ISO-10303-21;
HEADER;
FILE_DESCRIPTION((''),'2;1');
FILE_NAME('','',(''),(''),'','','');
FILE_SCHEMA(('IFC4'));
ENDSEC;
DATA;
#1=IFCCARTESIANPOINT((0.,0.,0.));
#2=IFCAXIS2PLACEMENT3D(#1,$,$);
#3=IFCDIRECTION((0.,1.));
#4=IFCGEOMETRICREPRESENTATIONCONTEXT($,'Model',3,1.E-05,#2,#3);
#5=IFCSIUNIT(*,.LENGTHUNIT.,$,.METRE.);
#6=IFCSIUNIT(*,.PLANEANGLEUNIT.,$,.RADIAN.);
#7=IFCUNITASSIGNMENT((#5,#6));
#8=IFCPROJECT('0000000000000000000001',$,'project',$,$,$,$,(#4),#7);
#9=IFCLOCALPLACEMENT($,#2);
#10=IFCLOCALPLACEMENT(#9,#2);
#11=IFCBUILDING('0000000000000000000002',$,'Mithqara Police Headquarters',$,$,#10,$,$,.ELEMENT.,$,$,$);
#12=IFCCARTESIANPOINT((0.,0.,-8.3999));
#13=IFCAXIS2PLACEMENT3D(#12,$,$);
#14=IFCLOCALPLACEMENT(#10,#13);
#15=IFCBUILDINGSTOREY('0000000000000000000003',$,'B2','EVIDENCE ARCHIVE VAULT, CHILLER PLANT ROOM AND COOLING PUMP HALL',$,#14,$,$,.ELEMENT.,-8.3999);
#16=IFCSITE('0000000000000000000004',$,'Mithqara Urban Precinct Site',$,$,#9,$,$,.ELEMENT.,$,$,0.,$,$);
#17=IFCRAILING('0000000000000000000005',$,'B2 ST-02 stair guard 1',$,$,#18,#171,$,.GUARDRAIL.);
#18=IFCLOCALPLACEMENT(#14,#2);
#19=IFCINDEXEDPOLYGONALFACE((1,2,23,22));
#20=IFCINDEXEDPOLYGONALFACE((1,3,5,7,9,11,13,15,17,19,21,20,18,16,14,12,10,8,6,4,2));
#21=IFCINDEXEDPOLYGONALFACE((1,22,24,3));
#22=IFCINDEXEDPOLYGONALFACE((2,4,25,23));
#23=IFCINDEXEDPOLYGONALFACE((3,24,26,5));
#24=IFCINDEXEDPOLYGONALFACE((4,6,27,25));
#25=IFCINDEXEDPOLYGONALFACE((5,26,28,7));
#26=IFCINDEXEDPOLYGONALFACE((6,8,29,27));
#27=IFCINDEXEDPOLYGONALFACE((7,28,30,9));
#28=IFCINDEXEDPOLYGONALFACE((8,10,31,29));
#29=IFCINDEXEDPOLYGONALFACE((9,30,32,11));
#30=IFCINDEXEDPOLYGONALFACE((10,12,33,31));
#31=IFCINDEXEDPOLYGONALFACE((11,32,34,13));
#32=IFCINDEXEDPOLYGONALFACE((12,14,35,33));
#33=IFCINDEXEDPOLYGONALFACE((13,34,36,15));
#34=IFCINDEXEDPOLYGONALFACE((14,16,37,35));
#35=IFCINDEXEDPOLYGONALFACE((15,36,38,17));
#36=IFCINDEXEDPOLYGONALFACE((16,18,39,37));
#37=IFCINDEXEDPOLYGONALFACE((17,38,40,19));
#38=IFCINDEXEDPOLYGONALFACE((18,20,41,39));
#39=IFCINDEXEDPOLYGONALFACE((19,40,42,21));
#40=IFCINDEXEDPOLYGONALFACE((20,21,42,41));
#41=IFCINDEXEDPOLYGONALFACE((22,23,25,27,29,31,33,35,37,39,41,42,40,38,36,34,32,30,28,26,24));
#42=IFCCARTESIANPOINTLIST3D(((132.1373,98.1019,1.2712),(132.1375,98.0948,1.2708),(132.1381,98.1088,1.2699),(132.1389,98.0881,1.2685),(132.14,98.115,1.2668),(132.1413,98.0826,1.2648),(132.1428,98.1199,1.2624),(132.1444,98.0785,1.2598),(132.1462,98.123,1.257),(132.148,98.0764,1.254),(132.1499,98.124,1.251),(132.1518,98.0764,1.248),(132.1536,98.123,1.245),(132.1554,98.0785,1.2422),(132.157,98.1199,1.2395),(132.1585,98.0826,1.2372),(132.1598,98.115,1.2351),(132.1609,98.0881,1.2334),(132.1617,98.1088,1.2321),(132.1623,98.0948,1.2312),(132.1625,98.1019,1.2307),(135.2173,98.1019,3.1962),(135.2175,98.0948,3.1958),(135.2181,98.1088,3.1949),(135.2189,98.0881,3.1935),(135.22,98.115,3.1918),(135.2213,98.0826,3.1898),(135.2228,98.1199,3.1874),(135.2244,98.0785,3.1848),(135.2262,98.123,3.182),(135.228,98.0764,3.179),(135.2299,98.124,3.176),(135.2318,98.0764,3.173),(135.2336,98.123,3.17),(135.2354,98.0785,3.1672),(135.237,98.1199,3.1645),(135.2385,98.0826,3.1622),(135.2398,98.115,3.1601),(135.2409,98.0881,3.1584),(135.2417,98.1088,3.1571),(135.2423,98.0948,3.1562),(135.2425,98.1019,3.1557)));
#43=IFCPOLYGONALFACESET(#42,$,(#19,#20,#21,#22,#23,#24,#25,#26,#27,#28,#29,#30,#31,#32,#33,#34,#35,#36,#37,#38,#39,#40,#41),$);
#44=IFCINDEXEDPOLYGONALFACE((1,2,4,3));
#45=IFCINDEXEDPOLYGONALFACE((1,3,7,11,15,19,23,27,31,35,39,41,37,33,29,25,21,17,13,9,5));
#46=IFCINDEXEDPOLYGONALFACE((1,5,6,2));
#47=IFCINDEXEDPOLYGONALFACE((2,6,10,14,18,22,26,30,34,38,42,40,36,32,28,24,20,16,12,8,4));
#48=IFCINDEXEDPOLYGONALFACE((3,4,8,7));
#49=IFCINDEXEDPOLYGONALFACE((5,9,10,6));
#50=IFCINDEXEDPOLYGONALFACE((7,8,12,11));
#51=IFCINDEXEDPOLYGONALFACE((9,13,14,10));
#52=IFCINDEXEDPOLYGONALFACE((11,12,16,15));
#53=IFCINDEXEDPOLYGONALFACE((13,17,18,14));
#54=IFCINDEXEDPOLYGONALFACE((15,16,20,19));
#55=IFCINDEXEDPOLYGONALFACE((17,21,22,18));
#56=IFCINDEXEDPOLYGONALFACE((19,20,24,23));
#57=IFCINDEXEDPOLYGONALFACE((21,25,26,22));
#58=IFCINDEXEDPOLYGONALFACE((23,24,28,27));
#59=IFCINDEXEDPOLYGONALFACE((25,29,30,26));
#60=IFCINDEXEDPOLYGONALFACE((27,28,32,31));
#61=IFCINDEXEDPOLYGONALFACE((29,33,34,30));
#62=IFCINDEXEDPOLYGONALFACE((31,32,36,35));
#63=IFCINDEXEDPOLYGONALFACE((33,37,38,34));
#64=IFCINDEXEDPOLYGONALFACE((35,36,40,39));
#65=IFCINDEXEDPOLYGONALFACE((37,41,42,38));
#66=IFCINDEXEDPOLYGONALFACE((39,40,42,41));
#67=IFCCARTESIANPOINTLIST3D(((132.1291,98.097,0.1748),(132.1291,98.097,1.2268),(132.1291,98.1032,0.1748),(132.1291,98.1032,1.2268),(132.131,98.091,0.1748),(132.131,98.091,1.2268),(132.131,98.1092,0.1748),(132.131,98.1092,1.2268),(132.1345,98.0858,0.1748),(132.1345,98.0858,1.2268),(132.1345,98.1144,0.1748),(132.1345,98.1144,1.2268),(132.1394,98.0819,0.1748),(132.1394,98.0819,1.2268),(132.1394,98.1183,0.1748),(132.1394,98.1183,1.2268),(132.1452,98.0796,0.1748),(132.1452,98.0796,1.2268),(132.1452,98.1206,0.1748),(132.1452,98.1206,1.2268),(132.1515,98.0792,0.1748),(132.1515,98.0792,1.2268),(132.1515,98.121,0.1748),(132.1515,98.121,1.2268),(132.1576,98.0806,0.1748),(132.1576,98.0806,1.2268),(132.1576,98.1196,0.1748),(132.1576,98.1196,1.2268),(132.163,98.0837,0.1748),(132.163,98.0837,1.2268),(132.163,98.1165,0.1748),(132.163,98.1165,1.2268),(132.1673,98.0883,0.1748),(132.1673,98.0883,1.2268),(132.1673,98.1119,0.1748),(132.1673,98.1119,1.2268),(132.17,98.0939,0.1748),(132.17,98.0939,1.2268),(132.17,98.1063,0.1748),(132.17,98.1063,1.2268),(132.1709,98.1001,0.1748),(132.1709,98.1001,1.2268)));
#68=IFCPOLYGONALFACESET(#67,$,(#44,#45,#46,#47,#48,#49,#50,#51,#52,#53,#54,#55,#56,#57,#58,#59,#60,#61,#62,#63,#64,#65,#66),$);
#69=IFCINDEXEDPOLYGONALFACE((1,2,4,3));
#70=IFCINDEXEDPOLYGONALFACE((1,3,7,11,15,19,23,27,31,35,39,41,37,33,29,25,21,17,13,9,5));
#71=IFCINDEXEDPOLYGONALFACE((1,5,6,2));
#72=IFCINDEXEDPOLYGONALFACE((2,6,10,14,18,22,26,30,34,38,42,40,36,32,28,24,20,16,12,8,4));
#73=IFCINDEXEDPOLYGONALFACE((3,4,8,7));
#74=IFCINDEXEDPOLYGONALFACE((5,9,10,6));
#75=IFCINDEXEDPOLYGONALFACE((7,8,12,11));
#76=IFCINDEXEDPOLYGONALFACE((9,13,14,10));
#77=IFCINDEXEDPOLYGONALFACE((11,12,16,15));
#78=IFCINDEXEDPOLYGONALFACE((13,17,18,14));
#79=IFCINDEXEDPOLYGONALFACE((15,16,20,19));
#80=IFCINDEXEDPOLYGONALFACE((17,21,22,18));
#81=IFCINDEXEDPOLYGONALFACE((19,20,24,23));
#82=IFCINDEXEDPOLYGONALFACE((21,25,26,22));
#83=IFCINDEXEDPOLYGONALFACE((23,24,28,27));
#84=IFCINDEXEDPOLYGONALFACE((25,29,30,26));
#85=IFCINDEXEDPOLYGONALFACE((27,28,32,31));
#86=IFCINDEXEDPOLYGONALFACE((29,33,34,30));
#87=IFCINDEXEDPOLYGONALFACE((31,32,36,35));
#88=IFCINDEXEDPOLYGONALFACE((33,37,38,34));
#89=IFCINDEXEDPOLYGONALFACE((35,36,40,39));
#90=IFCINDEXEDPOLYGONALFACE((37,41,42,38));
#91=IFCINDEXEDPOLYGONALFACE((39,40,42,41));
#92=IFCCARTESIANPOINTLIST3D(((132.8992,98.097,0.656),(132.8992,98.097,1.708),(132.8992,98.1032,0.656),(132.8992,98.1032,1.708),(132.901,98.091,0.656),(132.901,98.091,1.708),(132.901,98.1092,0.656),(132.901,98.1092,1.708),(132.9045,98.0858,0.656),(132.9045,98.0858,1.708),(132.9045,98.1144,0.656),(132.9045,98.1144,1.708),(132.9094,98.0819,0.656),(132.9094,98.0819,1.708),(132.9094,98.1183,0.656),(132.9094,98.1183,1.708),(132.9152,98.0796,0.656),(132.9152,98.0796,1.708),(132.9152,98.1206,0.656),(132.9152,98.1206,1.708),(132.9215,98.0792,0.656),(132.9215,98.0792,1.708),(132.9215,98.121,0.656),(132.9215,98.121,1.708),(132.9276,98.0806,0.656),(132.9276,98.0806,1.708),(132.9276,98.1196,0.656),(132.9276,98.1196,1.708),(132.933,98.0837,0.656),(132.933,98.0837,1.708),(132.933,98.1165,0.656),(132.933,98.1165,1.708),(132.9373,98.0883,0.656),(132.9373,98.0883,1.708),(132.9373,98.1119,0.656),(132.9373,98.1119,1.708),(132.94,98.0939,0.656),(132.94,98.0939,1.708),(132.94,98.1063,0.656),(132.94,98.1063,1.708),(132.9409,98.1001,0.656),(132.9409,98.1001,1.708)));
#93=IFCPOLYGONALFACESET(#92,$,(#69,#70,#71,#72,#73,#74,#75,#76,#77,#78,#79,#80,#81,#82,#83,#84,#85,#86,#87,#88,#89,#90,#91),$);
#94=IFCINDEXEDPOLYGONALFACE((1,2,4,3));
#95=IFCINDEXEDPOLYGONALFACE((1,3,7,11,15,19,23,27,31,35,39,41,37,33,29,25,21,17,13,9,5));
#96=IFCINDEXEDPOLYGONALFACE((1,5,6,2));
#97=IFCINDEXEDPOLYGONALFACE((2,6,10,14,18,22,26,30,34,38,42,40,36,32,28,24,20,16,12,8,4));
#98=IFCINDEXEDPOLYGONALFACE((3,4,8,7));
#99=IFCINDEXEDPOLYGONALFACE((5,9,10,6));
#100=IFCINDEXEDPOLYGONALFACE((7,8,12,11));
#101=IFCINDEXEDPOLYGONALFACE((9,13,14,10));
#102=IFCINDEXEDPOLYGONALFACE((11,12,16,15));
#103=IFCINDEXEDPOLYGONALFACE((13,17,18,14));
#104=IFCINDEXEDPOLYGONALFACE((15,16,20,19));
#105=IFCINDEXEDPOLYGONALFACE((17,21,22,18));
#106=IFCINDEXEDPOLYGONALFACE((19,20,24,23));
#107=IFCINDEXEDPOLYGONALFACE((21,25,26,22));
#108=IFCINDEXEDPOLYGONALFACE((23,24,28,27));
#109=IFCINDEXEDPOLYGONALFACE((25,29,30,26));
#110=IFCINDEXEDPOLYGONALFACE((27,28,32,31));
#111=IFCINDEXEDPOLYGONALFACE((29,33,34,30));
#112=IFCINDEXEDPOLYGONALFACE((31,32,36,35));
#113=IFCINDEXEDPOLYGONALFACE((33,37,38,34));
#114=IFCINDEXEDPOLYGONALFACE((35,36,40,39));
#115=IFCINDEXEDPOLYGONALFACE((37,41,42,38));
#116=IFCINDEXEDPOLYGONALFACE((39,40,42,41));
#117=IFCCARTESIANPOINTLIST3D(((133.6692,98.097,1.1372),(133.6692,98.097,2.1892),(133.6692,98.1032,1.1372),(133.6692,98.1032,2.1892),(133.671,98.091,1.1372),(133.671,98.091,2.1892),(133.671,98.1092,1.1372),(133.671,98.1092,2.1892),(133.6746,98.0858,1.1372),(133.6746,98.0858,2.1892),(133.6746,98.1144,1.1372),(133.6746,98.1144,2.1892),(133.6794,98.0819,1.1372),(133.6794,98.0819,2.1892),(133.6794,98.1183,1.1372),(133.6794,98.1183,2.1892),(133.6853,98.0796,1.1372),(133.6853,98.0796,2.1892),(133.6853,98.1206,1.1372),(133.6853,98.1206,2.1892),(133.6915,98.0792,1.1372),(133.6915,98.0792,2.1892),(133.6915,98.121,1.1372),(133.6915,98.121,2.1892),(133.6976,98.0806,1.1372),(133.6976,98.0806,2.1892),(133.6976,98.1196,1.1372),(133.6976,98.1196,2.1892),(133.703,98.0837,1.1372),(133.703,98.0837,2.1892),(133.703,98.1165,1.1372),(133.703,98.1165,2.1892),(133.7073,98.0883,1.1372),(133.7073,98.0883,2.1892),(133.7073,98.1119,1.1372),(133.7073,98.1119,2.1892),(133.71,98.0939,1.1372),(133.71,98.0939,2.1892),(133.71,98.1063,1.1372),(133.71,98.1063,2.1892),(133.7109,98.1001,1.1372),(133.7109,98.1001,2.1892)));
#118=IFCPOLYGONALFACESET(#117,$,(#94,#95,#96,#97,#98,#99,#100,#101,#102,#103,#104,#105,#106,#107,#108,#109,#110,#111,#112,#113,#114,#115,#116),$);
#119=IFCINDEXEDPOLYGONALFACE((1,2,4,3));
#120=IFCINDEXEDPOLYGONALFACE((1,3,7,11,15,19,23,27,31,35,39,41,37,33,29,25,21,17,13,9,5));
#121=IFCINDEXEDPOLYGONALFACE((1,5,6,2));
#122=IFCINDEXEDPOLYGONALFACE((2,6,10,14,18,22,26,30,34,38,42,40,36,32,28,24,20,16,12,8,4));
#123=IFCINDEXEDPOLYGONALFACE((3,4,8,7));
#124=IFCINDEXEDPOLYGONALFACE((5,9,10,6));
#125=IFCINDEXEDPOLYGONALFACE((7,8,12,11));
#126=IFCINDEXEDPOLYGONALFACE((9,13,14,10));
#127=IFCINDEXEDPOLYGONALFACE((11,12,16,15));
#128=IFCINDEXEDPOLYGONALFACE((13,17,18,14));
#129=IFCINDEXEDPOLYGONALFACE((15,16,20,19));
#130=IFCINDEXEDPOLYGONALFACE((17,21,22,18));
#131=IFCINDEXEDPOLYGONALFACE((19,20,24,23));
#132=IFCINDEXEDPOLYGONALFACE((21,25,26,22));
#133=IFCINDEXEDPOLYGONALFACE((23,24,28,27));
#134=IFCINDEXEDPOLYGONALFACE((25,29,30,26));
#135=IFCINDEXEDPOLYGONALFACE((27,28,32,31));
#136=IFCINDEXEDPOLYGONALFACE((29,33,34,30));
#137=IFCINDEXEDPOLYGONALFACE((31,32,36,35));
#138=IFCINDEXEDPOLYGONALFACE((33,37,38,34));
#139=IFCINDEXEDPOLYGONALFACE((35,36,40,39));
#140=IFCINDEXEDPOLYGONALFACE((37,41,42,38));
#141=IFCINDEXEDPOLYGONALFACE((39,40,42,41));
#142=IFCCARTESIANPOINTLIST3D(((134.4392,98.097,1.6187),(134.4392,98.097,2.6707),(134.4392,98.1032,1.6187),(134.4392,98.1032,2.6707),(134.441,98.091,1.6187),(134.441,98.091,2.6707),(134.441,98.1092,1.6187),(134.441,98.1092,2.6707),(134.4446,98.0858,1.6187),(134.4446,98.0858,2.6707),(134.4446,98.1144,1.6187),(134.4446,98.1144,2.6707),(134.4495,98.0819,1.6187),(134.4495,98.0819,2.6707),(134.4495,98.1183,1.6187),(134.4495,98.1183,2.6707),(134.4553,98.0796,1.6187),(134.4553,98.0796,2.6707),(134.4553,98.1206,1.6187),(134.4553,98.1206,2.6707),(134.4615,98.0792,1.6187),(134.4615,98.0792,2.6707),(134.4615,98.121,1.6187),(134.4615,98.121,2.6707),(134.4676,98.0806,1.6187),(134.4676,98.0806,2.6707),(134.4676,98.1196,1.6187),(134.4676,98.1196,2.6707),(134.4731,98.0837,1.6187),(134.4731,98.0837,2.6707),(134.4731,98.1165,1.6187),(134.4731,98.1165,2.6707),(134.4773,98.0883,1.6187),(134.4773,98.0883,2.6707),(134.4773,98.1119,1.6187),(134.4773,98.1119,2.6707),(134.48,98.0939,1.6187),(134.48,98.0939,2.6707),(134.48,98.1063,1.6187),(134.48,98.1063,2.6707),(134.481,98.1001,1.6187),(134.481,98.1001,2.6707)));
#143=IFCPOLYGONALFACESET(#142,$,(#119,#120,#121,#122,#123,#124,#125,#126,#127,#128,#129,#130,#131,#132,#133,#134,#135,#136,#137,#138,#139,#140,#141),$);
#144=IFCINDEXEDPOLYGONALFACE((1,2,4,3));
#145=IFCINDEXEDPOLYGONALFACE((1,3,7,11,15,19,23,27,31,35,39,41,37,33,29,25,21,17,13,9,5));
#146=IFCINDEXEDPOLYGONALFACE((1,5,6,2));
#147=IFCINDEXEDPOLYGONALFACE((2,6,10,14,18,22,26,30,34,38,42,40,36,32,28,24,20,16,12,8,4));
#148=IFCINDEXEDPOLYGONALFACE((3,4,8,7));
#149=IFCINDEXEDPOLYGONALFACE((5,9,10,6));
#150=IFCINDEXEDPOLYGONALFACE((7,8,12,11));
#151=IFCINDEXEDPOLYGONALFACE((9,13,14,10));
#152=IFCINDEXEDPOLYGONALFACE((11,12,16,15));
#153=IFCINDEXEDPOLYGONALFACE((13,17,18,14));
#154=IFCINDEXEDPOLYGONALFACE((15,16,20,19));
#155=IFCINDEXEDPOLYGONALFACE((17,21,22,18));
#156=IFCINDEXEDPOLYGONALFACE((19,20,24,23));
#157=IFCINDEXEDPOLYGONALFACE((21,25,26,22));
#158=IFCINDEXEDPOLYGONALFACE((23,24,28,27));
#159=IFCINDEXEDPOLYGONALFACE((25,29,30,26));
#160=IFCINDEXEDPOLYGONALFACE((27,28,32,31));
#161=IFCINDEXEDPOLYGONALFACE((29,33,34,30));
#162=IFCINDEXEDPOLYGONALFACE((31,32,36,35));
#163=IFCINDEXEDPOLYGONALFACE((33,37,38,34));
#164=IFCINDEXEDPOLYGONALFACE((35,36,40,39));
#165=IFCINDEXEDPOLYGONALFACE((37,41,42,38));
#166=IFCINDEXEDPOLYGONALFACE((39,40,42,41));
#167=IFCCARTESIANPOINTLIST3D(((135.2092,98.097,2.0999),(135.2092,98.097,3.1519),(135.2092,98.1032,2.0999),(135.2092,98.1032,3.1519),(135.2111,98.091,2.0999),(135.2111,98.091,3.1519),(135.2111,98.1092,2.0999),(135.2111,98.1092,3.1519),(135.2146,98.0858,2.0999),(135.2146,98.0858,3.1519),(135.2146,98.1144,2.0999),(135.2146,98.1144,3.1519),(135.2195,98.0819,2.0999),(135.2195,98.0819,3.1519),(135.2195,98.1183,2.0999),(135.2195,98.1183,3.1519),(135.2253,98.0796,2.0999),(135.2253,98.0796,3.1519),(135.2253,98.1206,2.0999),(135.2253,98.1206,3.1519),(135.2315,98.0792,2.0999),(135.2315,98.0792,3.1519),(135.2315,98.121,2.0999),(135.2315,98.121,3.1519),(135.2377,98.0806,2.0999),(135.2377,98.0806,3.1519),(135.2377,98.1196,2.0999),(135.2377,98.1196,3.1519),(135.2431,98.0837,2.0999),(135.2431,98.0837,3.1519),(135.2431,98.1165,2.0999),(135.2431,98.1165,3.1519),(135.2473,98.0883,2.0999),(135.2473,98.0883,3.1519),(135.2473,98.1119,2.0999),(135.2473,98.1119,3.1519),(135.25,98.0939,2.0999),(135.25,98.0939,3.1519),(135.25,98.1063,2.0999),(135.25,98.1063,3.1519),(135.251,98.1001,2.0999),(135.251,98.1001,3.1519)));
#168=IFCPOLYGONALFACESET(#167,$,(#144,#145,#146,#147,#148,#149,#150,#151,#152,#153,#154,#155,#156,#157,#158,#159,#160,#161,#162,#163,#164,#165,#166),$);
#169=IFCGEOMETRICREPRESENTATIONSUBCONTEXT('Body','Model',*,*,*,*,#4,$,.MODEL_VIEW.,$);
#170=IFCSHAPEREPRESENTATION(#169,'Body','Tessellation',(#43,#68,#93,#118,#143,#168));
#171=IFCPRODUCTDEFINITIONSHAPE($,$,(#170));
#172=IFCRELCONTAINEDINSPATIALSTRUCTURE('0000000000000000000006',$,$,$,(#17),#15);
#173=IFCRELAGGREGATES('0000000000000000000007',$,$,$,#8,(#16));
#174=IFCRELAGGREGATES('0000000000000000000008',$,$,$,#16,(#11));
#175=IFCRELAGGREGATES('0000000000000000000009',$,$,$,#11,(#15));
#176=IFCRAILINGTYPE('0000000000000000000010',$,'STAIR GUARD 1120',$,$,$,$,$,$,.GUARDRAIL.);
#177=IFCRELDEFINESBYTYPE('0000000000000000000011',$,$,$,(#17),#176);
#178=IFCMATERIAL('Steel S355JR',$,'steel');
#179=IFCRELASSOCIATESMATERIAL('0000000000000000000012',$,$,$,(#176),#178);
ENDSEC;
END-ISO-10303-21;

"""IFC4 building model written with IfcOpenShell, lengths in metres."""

from ifc_helpers import new_model, si_unit, direction, frame, origin, origin_2d, place, context, subcontext, project, spatial, circle, extrude, material, type_object, element, save


model = new_model("IFC4")

# Units and contexts
model_context = context("Model", 3, precision=1e-05, world=origin(), true_north=direction((0.0, 1.0)))
body_context = subcontext(model_context, "Body", "Model", "MODEL_VIEW")
ifc_project = project(units=[si_unit("LENGTHUNIT", "METRE"), si_unit("PLANEANGLEUNIT", "RADIAN")], contexts=[model_context])

# Site, building, storey
site_placement = place(None, origin())
site = spatial("IfcSite", under=ifc_project, at=site_placement, Name="Mithqara Urban Precinct Site", CompositionType="ELEMENT", RefElevation=0.0)
building_placement = place(site_placement, origin())
building = spatial("IfcBuilding", under=site, at=building_placement, Name="Mithqara Police Headquarters", CompositionType="ELEMENT")
storey_placement = place(building_placement, frame((0.0, 0.0, -8.3999)))
storey = spatial("IfcBuildingStorey", under=building, at=storey_placement, Name="B2", Description="EVIDENCE ARCHIVE VAULT, CHILLER PLANT ROOM AND COOLING PUMP HALL", CompositionType="ELEMENT", Elevation=-8.3999)

# Shared definitions
ifc_material_1 = material(Name="Steel S355JR", Category="steel")

# Railing
railing_type_1 = type_object("IfcRailingType", Name="STAIR GUARD 1120", PredefinedType="GUARDRAIL", material=ifc_material_1)
railing_1_placement = place(storey_placement, frame((132.1499, 98.1001, 0.1748)))
element("IfcRailing", 1, at=railing_1_placement, inside=storey, type_object=railing_type_1, Name="B2 ST-02 stair guard 1", PredefinedType="GUARDRAIL", context=body_context, shape_type="SweptSolid", body=[
    extrude(circle(Radius=0.0239, at=origin_2d()), frame((0.0, 0.0, 1.0762), z_axis=(0.847998, 0.0, 0.529999), x_axis=(0.0, 1.0, 0.0)), (0.0, 0.0, 1.0), 3.6321),
    extrude(circle(Radius=0.021, at=origin_2d()), origin(), (0.0, 0.0, 1.0), 1.052),
    extrude(circle(Radius=0.021, at=origin_2d()), frame((0.77, 0.0, 0.4812)), (0.0, 0.0, 1.0), 1.052),
    extrude(circle(Radius=0.021, at=origin_2d()), frame((1.54, 0.0, 0.9624)), (0.0, 0.0, 1.0), 1.052),
    extrude(circle(Radius=0.021, at=origin_2d()), frame((2.3101, 0.0, 1.4438)), (0.0, 0.0, 1.0), 1.052),
    extrude(circle(Radius=0.021, at=origin_2d()), frame((3.0801, 0.0, 1.925)), (0.0, 0.0, 1.0), 1.052),
])

save(model, "model.ifc")
